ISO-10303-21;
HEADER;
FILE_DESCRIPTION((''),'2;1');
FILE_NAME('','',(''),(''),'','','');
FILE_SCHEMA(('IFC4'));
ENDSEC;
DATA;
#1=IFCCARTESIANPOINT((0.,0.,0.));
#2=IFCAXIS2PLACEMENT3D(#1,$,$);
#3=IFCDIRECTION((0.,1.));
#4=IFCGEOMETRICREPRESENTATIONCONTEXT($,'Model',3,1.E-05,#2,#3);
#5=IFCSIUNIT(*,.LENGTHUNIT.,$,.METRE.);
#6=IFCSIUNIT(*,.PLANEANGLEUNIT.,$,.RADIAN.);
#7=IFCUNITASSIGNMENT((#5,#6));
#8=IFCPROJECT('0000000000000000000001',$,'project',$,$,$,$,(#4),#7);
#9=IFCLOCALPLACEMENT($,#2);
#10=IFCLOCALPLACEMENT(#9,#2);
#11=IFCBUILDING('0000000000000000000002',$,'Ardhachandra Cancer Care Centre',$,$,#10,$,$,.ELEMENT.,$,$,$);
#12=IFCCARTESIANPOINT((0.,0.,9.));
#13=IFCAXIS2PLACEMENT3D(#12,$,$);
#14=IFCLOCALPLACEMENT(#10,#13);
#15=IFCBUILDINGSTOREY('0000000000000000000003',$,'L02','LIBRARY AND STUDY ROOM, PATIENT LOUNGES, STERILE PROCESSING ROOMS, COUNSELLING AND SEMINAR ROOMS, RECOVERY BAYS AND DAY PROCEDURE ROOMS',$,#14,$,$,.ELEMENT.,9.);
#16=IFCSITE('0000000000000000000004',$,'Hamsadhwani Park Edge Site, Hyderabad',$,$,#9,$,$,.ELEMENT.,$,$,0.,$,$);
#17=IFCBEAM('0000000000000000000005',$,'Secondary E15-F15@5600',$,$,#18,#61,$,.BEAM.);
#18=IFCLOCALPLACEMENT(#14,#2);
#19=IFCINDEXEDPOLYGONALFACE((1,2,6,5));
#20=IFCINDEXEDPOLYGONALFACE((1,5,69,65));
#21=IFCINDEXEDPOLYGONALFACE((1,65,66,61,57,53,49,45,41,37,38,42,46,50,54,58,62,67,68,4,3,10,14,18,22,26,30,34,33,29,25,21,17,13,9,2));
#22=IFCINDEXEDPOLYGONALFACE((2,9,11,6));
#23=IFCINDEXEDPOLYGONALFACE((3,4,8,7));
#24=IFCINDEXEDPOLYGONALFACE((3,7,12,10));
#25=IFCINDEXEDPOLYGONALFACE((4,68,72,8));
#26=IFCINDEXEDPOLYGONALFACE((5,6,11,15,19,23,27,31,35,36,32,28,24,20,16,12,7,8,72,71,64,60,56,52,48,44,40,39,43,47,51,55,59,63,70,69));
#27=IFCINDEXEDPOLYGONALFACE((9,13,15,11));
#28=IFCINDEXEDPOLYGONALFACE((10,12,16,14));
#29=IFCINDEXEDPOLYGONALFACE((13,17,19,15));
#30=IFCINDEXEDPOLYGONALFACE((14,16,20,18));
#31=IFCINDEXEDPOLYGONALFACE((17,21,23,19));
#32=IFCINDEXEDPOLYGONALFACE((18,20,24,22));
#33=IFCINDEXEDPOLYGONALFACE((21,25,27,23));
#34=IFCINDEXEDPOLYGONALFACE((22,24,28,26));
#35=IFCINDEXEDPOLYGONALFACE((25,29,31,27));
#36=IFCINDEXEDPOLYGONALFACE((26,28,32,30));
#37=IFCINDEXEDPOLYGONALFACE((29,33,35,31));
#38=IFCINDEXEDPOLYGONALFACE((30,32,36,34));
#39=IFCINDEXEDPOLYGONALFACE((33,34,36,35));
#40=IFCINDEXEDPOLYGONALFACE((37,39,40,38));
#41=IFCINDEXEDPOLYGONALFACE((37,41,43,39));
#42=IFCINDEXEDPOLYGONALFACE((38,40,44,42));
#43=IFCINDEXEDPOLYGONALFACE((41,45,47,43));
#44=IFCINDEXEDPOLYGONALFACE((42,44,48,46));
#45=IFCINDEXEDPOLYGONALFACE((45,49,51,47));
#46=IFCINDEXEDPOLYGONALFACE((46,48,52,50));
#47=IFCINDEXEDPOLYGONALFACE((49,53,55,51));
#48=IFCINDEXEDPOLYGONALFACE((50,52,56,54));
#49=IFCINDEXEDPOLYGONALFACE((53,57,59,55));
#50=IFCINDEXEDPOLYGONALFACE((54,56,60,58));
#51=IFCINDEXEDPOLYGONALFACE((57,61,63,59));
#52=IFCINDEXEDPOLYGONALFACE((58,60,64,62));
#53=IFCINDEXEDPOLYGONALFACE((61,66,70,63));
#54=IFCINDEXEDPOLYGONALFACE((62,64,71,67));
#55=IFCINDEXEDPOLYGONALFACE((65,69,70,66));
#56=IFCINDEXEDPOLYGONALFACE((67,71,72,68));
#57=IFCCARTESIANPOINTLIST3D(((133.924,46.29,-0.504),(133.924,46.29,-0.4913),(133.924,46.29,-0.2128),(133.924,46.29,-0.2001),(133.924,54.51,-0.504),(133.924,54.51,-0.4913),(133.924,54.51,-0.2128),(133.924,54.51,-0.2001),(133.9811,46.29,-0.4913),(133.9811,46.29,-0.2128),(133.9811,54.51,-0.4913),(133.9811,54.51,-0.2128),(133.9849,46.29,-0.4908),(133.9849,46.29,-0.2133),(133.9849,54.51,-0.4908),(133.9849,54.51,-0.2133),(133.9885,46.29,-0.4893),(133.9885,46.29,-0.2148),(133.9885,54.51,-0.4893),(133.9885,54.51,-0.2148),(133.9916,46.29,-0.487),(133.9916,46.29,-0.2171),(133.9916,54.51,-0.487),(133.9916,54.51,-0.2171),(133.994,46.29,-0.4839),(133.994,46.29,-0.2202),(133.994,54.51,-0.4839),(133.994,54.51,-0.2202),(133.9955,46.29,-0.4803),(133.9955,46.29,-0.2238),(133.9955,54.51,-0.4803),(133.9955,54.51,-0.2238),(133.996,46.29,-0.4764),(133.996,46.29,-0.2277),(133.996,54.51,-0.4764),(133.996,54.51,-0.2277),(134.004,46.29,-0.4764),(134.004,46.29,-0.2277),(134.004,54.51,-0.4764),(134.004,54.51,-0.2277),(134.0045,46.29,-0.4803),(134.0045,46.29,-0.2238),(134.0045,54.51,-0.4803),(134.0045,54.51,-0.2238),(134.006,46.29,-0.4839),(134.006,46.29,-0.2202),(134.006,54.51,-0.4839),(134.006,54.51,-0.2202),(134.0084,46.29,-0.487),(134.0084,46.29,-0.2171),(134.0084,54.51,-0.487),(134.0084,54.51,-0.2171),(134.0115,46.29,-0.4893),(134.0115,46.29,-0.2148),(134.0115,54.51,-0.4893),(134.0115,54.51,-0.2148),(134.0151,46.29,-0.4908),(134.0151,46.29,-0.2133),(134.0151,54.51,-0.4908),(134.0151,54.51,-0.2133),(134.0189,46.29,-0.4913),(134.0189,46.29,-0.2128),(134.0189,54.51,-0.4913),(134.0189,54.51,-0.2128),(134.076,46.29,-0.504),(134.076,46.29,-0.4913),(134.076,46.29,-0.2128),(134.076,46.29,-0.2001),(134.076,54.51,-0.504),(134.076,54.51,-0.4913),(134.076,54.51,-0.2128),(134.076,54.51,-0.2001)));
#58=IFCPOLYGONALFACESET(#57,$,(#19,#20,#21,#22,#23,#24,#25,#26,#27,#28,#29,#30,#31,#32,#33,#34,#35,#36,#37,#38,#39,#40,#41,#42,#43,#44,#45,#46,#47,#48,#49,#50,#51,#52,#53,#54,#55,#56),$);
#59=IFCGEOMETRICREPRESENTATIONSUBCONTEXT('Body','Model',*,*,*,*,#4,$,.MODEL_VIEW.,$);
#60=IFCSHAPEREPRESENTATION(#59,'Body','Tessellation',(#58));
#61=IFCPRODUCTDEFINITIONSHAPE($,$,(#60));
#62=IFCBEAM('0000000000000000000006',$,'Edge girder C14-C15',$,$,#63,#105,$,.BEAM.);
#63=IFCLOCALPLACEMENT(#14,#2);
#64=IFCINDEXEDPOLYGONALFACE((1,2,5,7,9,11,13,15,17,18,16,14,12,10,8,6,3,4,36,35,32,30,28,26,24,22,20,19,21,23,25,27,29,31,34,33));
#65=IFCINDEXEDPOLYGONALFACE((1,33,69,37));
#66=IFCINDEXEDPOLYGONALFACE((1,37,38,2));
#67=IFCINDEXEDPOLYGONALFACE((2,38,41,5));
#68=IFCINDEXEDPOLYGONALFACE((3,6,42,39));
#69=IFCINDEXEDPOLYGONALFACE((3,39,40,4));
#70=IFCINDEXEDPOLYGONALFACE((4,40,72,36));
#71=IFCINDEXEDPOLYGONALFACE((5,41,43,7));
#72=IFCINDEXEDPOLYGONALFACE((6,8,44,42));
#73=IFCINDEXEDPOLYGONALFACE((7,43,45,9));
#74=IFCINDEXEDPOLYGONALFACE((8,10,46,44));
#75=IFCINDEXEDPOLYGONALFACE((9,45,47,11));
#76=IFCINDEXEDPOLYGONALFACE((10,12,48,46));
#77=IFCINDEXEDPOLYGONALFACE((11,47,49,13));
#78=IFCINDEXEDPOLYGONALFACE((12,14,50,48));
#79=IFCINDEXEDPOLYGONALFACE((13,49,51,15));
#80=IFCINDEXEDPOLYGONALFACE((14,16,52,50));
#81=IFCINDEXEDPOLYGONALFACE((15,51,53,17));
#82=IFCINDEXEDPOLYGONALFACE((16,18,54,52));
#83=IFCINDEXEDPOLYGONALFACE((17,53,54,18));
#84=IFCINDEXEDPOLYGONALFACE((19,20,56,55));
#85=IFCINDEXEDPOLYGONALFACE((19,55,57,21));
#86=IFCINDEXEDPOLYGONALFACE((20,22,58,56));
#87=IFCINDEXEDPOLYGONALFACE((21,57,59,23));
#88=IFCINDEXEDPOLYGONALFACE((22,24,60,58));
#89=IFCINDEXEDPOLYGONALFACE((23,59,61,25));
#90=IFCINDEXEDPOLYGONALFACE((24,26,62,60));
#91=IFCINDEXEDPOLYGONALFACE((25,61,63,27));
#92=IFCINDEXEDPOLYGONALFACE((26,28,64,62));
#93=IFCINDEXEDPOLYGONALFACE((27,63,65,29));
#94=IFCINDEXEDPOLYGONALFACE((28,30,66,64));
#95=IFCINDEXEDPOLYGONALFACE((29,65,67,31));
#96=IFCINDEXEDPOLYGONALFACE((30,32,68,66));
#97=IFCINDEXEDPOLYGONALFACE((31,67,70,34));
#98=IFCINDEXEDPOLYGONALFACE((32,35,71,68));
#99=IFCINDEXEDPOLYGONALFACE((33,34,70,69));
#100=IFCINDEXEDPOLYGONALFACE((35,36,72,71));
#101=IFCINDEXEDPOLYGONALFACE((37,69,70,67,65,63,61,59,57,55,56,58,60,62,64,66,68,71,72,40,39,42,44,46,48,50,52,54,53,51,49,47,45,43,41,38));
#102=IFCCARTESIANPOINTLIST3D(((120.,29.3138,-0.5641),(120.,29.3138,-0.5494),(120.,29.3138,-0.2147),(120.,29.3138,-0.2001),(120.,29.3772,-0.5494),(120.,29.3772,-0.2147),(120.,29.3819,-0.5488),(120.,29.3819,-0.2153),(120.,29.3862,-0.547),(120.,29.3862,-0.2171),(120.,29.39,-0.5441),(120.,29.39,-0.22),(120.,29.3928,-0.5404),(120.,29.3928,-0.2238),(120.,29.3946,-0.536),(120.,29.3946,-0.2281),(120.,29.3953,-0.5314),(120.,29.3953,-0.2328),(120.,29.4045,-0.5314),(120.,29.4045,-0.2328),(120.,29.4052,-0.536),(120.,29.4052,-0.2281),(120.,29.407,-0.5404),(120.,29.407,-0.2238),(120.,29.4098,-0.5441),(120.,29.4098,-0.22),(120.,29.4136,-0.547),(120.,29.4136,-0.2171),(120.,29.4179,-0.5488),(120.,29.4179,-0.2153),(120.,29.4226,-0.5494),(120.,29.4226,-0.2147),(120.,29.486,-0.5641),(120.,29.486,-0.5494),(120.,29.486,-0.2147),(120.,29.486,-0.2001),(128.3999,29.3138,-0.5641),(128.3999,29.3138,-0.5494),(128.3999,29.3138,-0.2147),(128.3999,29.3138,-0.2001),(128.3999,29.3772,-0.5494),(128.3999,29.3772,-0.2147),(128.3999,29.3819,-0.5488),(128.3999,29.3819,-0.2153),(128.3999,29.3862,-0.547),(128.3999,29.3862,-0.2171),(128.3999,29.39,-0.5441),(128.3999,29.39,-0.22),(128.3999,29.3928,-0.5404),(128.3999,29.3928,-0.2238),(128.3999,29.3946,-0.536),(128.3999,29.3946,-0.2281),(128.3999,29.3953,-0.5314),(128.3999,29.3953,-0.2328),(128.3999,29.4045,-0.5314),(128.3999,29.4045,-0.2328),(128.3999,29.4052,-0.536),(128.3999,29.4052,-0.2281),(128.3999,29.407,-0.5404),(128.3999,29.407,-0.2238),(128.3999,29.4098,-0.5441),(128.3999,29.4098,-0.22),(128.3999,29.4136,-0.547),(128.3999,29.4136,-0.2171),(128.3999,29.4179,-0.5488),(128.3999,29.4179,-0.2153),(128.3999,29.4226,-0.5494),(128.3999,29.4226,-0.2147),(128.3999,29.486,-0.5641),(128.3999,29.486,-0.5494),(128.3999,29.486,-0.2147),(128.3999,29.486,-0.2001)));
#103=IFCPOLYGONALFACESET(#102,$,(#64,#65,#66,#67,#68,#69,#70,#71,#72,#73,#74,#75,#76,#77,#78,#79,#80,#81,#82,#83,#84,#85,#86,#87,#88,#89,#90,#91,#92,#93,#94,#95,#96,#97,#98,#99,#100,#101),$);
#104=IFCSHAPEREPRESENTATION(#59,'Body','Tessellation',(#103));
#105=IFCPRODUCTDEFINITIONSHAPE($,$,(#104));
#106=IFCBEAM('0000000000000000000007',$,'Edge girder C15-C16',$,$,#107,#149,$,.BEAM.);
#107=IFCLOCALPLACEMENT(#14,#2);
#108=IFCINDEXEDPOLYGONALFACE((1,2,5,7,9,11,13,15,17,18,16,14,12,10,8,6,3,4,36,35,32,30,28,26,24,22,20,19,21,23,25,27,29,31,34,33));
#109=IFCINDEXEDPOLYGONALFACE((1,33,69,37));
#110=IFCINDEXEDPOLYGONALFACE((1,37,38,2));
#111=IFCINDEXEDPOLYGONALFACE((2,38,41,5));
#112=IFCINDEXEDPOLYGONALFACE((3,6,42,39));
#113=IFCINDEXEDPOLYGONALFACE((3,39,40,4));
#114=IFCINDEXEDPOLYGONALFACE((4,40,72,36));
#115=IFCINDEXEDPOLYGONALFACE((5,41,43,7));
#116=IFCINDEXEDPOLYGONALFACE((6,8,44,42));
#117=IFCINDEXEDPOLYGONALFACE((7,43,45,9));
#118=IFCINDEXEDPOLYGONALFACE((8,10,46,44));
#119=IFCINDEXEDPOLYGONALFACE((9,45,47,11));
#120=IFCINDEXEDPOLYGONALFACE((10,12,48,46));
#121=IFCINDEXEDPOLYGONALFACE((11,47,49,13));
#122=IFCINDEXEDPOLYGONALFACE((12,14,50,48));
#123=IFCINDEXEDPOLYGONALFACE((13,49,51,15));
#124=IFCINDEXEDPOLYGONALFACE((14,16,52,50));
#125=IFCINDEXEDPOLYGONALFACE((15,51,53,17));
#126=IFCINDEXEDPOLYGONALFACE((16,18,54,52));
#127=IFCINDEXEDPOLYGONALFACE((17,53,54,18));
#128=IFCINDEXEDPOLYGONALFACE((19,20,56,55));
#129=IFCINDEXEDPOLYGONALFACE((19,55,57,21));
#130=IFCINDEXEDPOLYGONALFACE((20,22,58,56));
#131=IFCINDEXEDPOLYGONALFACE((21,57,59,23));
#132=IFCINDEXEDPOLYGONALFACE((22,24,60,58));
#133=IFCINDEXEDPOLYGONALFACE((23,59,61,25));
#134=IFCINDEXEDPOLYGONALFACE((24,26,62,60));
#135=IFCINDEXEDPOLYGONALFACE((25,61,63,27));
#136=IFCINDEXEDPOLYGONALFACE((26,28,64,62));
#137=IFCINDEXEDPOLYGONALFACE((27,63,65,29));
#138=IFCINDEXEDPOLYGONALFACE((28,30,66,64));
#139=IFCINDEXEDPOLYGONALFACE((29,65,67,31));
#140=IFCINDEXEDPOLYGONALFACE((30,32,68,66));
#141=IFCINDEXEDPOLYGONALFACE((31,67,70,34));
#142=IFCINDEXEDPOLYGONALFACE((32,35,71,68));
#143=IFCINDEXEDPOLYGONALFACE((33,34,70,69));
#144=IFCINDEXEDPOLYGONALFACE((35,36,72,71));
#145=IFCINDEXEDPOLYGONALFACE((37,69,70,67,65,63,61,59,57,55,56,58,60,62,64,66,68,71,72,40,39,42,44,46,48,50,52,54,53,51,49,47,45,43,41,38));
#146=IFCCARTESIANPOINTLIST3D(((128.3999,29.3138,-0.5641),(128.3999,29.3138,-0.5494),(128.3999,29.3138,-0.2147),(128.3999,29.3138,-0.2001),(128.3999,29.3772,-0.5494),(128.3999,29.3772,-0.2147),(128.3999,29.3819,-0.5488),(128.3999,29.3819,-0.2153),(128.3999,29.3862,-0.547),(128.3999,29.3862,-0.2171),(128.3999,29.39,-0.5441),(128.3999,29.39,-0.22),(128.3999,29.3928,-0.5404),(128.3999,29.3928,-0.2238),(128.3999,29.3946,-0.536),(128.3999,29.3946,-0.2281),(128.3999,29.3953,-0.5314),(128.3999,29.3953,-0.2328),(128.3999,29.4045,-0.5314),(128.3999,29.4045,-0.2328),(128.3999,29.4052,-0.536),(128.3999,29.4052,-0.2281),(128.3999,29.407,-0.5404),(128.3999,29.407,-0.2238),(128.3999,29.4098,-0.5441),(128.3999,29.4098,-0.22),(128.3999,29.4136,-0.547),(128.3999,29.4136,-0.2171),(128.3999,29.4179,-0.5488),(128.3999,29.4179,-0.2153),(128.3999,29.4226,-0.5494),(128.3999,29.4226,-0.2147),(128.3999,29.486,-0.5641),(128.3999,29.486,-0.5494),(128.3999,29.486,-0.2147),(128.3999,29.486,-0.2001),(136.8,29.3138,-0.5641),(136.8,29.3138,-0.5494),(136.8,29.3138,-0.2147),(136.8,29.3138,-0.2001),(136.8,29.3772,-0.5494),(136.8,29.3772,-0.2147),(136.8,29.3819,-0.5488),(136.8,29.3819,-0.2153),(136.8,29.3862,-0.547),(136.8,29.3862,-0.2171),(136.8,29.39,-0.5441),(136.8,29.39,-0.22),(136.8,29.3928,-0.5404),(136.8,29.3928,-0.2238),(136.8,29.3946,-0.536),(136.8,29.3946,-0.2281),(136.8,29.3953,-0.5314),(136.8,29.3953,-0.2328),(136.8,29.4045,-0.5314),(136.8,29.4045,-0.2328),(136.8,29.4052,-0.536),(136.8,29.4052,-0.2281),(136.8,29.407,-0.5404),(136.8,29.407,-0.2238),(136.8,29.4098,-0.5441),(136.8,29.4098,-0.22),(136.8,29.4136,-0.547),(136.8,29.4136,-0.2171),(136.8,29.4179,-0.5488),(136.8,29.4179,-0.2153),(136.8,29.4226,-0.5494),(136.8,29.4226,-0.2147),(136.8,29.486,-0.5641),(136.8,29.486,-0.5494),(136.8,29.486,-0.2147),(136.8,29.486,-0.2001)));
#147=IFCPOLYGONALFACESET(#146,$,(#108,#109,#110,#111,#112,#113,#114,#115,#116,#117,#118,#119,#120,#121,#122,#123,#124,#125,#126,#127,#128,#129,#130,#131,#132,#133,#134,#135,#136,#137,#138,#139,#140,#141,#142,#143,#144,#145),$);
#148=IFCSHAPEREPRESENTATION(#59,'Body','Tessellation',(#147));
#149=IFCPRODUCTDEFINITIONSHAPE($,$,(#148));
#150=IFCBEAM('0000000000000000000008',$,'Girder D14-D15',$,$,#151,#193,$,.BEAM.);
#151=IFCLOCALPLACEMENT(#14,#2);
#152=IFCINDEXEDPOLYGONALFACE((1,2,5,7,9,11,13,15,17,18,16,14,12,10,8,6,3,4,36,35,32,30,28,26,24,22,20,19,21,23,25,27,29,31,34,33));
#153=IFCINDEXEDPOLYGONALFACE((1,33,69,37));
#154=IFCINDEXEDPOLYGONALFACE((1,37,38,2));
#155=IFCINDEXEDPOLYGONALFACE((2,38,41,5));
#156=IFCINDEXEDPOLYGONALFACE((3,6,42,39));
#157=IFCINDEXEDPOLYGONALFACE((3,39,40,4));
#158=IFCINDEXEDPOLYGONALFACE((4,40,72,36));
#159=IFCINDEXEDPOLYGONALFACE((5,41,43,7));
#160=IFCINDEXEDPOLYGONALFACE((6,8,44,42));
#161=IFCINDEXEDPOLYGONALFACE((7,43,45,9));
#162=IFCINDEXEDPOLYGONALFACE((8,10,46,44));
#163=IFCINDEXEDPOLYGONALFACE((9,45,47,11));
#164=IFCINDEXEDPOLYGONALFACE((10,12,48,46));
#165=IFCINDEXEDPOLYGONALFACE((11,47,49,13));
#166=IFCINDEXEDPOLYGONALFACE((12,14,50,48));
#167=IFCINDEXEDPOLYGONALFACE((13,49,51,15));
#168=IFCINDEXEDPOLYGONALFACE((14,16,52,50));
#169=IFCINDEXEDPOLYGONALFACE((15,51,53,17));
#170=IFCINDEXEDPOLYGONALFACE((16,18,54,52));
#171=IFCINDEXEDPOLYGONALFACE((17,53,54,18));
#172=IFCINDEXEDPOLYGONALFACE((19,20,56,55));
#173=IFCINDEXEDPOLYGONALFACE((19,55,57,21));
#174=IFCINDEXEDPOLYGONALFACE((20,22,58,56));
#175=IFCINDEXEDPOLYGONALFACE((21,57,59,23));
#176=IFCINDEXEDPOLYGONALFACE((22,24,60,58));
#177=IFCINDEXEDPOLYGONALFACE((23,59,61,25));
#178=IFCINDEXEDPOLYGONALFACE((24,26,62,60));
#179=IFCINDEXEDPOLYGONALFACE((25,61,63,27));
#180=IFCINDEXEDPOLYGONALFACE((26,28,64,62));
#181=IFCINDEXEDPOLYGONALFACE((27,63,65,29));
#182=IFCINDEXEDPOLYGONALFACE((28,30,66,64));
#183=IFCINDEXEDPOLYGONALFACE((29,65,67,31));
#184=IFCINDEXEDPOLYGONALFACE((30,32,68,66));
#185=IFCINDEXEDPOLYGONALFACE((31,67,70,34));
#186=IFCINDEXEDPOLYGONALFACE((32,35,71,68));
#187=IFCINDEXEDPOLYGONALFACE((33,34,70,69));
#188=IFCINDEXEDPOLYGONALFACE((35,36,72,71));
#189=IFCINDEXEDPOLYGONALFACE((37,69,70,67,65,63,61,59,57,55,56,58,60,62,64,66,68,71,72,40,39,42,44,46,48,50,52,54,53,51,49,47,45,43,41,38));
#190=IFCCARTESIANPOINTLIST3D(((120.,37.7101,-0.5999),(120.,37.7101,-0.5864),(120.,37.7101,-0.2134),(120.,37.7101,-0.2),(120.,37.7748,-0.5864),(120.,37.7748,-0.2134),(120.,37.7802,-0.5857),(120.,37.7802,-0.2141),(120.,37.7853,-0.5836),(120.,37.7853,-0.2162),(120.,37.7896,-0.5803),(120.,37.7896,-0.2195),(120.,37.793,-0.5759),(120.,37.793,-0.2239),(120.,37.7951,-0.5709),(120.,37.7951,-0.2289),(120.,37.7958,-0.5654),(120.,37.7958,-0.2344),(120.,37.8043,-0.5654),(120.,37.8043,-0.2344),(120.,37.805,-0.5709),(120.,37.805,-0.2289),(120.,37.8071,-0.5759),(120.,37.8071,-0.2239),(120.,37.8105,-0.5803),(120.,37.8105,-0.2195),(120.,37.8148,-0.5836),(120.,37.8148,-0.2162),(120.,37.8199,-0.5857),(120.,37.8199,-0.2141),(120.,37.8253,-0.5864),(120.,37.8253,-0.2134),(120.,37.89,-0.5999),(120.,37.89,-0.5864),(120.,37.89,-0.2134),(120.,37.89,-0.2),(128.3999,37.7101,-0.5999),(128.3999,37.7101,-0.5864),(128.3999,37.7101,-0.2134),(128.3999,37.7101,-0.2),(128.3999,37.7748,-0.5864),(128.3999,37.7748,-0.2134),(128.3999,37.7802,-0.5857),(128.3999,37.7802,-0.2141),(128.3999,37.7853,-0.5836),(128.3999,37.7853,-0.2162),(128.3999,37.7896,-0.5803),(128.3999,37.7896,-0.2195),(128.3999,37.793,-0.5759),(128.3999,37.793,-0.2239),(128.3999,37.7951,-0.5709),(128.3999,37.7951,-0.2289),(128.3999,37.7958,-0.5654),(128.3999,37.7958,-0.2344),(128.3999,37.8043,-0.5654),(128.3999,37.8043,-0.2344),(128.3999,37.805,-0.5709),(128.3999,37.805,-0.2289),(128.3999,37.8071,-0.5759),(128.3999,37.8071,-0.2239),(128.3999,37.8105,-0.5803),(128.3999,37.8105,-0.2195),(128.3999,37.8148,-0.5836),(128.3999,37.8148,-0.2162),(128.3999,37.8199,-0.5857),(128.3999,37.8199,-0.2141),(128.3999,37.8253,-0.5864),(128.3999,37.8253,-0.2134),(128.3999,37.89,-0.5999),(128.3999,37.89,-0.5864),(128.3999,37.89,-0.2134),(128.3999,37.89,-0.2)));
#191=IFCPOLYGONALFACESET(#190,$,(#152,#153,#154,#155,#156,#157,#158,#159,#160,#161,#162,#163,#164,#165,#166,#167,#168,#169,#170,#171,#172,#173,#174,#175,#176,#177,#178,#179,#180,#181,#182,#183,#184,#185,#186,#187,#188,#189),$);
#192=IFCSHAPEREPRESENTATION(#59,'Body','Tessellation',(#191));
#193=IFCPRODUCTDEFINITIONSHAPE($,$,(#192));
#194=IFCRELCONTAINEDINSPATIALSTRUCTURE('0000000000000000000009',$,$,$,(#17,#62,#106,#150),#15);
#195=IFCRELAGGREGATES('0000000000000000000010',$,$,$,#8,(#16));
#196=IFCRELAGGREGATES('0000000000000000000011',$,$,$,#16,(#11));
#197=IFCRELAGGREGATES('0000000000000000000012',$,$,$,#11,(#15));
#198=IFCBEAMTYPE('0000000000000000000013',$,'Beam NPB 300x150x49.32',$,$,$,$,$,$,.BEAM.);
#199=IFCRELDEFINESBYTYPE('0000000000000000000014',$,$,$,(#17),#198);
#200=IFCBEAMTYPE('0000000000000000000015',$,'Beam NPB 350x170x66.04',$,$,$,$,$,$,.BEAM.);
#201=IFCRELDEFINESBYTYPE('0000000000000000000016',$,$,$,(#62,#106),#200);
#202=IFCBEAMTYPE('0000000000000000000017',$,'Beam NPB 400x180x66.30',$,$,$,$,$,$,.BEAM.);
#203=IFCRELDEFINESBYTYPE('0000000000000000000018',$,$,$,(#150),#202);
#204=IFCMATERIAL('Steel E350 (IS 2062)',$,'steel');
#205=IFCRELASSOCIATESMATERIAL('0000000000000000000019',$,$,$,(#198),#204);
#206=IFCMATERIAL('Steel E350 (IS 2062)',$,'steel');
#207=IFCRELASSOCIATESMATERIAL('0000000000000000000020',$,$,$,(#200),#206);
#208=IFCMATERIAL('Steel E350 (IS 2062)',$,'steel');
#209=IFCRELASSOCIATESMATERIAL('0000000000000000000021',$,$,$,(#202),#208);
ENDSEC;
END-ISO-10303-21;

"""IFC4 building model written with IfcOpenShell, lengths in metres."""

from ifc_helpers import new_model, si_unit, direction, frame, origin, origin_2d, place, context, subcontext, project, spatial, i_section, extrude, material, material_profile, profile_set, type_object, element, save


model = new_model("IFC4")

# Units and contexts
model_context = context("Model", 3, precision=1e-05, world=origin(), true_north=direction((0.0, 1.0)))
body_context = subcontext(model_context, "Body", "Model", "MODEL_VIEW")
ifc_project = project(units=[si_unit("LENGTHUNIT", "METRE"), si_unit("PLANEANGLEUNIT", "RADIAN")], contexts=[model_context])

# Site, building, storey
site_placement = place(None, origin())
site = spatial("IfcSite", under=ifc_project, at=site_placement, Name="Hamsadhwani Park Edge Site, Hyderabad", CompositionType="ELEMENT", RefElevation=0.0)
building_placement = place(site_placement, origin())
building = spatial("IfcBuilding", under=site, at=building_placement, Name="Ardhachandra Cancer Care Centre", CompositionType="ELEMENT")
storey_placement = place(building_placement, frame((0.0, 0.0, 9.0)))
storey = spatial("IfcBuildingStorey", under=building, at=storey_placement, Name="L02", Description="LIBRARY AND STUDY ROOM, PATIENT LOUNGES, STERILE PROCESSING ROOMS, COUNSELLING AND SEMINAR ROOMS, RECOVERY BAYS AND DAY PROCEDURE ROOMS", CompositionType="ELEMENT", Elevation=9.0)

# Beams
ifc_material_1 = material(Name="Steel E350 (IS 2062)", Category="steel")
ifc_material_profile_1 = material_profile(ifc_material_1, i_section(OverallWidth=0.1521, OverallDepth=0.304, WebThickness=0.0081, FlangeThickness=0.0127, FilletRadius=0.0149, at=origin_2d()), Name="NPB 300x150x49.32")
ifc_profile_set_1 = profile_set([ifc_material_profile_1], Name="Steel E350 (IS 2062)")
beam_type_1 = type_object("IfcBeamType", Name="Beam NPB 300x150x49.32", PredefinedType="BEAM", material=ifc_profile_set_1)
beam_1_placement = place(storey_placement, frame((134.0, 46.29, -0.3521), z_axis=(0.0, 1.0, 0.0), x_axis=(-1.0, 0.0, 0.0)))
element("IfcBeam", 1, at=beam_1_placement, inside=storey, type_object=beam_type_1, Name="Secondary E15-F15@5600", PredefinedType="BEAM", context=body_context, shape_type="SweptSolid", body=[
    extrude(i_section(OverallWidth=0.1521, OverallDepth=0.304, WebThickness=0.0081, FlangeThickness=0.0127, FilletRadius=0.0149, at=origin_2d()), origin(), (0.0, 0.0, 1.0), 8.22),
])
ifc_material_2 = material(Name="Steel E350 (IS 2062)", Category="steel")
ifc_material_profile_2 = material_profile(ifc_material_2, i_section(OverallWidth=0.1721, OverallDepth=0.364, WebThickness=0.0093, FlangeThickness=0.0146, FilletRadius=0.0181, at=origin_2d()), Name="NPB 350x170x66.04")
ifc_profile_set_2 = profile_set([ifc_material_profile_2], Name="Steel E350 (IS 2062)")
beam_type_2 = type_object("IfcBeamType", Name="Beam NPB 350x170x66.04", PredefinedType="BEAM", material=ifc_profile_set_2)
beam_2_placement = place(storey_placement, frame((120.0, 29.3999, -0.3821), z_axis=(1.0, 0.0, 0.0), x_axis=(0.0, 1.0, 0.0)))
element("IfcBeam", 2, at=beam_2_placement, inside=storey, type_object=beam_type_2, Name="Edge girder C14-C15", PredefinedType="BEAM", context=body_context, shape_type="SweptSolid", body=[
    extrude(i_section(OverallWidth=0.1721, OverallDepth=0.364, WebThickness=0.0093, FlangeThickness=0.0146, FilletRadius=0.0181, at=origin_2d()), origin(), (0.0, 0.0, 1.0), 8.3999),
])
beam_3_placement = place(storey_placement, frame((128.3999, 29.3999, -0.3821), z_axis=(1.0, 0.0, 0.0), x_axis=(0.0, 1.0, 0.0)))
element("IfcBeam", 3, at=beam_3_placement, inside=storey, type_object=beam_type_2, Name="Edge girder C15-C16", PredefinedType="BEAM", context=body_context, shape_type="SweptSolid", body=[
    extrude(i_section(OverallWidth=0.1721, OverallDepth=0.364, WebThickness=0.0093, FlangeThickness=0.0146, FilletRadius=0.0181, at=origin_2d()), origin(), (0.0, 0.0, 1.0), 8.4001),
])
ifc_material_3 = material(Name="Steel E350 (IS 2062)", Category="steel")
ifc_material_profile_3 = material_profile(ifc_material_3, i_section(OverallWidth=0.1799, OverallDepth=0.3999, WebThickness=0.0085, FlangeThickness=0.0134, FilletRadius=0.021, at=origin_2d()), Name="NPB 400x180x66.30")
ifc_profile_set_3 = profile_set([ifc_material_profile_3], Name="Steel E350 (IS 2062)")
beam_type_3 = type_object("IfcBeamType", Name="Beam NPB 400x180x66.30", PredefinedType="BEAM", material=ifc_profile_set_3)
beam_4_placement = place(storey_placement, frame((120.0, 37.8, -0.3999), z_axis=(1.0, 0.0, 0.0), x_axis=(0.0, 1.0, 0.0)))
element("IfcBeam", 4, at=beam_4_placement, inside=storey, type_object=beam_type_3, Name="Girder D14-D15", PredefinedType="BEAM", context=body_context, shape_type="SweptSolid", body=[
    extrude(i_section(OverallWidth=0.1799, OverallDepth=0.3999, WebThickness=0.0085, FlangeThickness=0.0134, FilletRadius=0.021, at=origin_2d()), origin(), (0.0, 0.0, 1.0), 8.3999),
])

save(model, "model.ifc")
